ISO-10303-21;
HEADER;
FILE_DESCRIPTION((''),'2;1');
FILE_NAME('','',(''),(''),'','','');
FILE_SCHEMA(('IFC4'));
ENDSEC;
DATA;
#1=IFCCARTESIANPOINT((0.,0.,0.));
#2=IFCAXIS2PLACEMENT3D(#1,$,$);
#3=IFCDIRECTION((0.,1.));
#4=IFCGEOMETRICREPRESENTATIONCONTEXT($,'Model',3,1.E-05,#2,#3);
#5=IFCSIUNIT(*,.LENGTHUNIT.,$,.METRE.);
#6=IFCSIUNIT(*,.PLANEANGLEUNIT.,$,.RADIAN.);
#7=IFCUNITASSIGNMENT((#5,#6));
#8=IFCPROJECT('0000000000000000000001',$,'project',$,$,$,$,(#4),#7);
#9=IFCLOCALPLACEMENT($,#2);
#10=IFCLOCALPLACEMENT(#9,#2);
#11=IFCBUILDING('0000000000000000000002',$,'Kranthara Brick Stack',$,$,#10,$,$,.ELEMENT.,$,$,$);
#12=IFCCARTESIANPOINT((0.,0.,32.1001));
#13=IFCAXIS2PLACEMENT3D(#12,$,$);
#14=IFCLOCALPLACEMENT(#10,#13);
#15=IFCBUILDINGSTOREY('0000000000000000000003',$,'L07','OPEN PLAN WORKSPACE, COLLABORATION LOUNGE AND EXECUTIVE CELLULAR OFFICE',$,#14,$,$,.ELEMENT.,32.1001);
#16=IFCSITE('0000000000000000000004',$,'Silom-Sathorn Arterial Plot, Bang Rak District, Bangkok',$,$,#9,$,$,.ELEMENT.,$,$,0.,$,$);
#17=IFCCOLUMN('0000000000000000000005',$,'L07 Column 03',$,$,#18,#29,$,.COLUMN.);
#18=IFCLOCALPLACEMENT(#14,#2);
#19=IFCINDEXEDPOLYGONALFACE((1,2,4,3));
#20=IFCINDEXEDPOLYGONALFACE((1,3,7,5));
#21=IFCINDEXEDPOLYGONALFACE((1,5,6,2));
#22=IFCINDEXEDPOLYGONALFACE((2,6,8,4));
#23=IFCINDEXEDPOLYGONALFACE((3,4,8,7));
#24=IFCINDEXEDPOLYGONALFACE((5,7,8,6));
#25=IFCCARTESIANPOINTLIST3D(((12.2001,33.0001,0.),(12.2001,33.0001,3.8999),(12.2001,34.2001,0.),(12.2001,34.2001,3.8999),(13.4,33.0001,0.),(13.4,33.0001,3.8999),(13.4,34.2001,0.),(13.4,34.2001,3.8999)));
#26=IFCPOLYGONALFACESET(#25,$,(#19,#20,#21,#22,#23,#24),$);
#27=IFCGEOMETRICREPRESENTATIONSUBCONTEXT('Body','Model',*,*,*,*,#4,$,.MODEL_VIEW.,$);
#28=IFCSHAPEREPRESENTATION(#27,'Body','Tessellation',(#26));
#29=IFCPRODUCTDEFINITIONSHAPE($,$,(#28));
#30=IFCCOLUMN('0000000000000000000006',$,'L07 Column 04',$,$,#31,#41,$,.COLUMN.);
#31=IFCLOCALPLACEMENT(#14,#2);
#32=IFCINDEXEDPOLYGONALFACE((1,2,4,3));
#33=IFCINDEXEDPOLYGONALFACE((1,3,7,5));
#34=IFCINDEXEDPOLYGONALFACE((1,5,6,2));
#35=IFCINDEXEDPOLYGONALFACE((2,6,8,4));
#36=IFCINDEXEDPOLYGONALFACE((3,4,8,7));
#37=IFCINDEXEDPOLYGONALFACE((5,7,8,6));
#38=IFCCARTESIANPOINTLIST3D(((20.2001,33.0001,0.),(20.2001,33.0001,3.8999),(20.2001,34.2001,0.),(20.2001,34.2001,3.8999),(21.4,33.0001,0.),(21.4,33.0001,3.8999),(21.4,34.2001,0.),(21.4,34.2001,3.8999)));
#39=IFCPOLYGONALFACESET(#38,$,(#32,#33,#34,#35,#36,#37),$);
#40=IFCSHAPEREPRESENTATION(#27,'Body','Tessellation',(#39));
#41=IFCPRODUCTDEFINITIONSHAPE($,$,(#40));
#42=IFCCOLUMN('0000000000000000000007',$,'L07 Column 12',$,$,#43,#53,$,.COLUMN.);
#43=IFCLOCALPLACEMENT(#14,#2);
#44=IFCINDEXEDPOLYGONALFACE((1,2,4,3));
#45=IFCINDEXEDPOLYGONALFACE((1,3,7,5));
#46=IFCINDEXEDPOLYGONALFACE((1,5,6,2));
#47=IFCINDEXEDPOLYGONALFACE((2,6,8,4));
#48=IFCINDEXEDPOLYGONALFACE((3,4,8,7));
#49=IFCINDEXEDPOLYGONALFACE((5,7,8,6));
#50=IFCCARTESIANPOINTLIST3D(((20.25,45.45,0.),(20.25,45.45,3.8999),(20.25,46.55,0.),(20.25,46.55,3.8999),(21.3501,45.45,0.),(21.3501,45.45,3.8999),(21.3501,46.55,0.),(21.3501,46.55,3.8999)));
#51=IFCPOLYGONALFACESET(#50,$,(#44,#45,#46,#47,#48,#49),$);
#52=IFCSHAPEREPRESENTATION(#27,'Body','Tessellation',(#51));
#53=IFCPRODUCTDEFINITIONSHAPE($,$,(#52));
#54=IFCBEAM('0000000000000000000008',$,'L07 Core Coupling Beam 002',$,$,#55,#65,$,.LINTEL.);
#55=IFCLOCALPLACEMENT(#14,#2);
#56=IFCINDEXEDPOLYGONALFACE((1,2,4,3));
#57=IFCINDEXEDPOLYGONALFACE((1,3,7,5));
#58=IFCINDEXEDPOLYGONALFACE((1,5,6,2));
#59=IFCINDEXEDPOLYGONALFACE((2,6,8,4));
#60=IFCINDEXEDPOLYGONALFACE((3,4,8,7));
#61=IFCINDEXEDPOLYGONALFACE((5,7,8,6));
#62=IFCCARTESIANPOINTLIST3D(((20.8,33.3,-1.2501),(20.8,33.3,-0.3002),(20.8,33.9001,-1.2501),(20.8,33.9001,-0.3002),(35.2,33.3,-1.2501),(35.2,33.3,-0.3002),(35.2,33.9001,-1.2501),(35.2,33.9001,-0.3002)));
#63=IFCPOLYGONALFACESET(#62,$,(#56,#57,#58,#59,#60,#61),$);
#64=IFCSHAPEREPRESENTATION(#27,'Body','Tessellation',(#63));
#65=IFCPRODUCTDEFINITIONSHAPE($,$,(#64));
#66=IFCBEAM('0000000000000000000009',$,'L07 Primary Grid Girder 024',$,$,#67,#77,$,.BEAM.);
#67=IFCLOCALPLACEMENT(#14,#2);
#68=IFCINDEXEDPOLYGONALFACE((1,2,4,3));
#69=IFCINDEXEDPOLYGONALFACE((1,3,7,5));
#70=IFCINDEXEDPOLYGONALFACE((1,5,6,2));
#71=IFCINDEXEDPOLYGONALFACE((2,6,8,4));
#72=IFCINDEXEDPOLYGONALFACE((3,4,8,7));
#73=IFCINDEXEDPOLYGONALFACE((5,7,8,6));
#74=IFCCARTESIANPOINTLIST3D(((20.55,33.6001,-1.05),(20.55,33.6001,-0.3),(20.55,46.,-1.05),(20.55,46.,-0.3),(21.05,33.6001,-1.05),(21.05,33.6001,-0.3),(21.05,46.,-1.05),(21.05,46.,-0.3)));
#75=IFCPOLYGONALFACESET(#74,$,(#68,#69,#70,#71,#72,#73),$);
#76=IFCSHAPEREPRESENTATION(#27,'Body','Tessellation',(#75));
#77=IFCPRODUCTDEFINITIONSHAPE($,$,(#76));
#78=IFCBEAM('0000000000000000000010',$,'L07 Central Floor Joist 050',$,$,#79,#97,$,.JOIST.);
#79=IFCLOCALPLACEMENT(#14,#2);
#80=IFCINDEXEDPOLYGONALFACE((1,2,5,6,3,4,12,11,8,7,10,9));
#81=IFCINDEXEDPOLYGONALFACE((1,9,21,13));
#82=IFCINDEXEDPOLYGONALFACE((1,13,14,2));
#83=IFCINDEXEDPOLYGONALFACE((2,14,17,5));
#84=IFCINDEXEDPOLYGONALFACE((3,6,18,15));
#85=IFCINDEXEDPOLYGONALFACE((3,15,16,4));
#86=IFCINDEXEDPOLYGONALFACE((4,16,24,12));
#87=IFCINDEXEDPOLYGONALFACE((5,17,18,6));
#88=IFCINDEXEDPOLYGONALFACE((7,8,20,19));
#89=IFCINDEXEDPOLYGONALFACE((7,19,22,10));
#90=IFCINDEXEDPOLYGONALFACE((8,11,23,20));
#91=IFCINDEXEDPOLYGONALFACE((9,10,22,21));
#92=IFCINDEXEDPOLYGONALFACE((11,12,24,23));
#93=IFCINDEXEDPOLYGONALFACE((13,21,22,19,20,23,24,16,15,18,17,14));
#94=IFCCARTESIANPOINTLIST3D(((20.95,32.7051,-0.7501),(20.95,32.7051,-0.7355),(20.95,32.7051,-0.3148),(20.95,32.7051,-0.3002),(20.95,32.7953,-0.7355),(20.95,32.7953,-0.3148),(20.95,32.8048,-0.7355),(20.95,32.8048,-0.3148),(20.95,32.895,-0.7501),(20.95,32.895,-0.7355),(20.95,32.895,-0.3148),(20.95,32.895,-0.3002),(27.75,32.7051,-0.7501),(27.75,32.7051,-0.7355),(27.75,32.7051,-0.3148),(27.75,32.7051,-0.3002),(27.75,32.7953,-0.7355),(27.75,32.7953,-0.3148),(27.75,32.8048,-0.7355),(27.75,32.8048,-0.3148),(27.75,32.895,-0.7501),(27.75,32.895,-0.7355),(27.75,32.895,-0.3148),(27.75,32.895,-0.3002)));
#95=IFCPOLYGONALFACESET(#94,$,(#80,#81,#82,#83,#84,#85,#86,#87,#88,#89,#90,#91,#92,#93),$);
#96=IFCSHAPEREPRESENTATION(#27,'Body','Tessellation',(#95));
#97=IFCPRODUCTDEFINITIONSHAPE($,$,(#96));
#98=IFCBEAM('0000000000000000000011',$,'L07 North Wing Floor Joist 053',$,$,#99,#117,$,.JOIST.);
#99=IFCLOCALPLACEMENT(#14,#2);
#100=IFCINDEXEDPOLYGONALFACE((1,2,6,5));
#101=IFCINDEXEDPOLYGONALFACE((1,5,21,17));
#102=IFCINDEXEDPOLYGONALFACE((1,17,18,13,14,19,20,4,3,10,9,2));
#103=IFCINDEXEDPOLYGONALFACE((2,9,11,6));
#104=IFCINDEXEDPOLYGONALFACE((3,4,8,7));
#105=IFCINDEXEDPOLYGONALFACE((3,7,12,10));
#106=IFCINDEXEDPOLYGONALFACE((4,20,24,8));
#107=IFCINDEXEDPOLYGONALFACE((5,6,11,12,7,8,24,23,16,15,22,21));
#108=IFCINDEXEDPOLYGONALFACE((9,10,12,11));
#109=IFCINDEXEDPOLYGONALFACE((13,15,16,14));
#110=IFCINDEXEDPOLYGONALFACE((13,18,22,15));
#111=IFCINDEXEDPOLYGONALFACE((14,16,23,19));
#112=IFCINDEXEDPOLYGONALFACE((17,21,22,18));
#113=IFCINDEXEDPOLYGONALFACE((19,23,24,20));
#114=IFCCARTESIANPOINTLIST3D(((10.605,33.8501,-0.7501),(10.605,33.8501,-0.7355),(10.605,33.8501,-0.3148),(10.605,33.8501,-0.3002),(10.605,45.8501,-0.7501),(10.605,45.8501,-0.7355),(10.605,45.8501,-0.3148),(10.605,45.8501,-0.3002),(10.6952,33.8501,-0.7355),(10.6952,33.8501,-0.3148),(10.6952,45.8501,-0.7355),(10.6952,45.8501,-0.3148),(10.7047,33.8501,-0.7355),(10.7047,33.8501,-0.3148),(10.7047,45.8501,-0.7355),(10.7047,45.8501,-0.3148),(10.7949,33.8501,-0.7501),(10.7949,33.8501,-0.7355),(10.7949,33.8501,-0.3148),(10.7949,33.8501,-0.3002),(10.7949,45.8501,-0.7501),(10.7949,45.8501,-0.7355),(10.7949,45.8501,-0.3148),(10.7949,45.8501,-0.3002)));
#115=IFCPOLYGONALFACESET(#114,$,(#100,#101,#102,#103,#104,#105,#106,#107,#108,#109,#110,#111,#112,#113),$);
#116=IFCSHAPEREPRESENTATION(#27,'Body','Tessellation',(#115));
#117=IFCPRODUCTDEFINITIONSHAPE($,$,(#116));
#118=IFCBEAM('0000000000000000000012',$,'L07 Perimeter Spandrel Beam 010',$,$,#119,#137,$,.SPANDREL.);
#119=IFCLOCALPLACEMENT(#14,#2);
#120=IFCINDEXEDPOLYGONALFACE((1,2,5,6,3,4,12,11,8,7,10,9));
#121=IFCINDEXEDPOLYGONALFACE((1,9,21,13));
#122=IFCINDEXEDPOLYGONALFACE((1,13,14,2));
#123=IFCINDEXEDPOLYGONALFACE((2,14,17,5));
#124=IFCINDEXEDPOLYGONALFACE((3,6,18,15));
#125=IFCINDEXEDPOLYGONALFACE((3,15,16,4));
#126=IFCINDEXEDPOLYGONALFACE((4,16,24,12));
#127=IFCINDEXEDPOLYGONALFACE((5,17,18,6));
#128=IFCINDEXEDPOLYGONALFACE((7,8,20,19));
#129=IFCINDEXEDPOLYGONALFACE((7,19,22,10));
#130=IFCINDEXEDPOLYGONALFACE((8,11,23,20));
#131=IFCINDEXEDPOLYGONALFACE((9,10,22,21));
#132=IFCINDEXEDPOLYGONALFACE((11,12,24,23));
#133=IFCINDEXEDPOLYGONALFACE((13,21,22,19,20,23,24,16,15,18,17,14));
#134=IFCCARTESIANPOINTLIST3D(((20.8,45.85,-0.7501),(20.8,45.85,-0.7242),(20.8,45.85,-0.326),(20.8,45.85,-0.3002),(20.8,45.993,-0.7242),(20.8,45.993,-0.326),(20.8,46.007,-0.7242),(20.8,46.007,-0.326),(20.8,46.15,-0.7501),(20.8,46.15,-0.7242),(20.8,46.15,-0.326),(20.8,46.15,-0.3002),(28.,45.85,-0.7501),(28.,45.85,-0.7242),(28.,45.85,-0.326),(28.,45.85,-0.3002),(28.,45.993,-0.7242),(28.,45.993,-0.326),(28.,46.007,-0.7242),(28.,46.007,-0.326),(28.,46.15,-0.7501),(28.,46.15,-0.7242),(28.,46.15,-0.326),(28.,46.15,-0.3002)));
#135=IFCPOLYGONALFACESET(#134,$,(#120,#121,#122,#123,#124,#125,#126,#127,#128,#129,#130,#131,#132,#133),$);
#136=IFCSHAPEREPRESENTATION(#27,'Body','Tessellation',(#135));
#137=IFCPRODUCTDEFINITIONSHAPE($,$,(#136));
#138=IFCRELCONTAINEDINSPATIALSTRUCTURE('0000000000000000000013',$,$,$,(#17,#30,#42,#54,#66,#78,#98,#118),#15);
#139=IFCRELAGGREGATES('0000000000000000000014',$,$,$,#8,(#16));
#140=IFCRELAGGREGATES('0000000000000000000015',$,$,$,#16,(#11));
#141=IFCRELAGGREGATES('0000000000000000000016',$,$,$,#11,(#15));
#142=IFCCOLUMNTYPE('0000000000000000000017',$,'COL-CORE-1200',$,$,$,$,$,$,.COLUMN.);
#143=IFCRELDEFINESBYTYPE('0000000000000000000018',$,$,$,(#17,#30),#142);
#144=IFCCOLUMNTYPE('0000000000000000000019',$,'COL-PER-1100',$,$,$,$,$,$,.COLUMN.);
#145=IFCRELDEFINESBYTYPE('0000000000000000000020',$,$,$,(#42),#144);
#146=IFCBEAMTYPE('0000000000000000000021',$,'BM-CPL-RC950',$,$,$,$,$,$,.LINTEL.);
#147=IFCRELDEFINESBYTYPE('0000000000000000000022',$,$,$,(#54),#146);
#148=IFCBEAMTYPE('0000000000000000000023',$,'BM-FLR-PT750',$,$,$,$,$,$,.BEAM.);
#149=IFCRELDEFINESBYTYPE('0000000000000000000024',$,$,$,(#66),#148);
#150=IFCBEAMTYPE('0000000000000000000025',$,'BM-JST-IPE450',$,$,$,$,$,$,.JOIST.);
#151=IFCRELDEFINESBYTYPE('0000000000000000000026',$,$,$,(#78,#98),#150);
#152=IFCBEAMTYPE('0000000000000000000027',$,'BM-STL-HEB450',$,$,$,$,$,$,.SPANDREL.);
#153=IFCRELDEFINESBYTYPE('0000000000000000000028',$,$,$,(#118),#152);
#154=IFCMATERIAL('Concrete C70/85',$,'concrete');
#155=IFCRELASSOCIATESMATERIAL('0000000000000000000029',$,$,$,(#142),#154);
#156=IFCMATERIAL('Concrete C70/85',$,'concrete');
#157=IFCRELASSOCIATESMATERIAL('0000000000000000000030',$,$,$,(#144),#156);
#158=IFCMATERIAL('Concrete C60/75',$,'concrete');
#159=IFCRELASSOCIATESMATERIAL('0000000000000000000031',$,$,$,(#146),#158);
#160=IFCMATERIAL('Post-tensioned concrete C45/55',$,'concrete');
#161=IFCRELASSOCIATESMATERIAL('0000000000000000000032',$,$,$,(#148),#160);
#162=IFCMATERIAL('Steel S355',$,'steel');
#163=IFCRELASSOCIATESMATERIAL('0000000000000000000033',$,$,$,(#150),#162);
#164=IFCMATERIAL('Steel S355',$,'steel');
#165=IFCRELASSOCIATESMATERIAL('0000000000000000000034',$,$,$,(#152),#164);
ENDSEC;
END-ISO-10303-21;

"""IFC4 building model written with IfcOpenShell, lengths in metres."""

from ifc_helpers import new_model, si_unit, direction, frame, origin, origin_2d, place, context, subcontext, project, spatial, rectangle, i_section, extrude, material, material_profile, profile_set, type_object, element, save


model = new_model("IFC4")

# Units and contexts
model_context = context("Model", 3, precision=1e-05, world=origin(), true_north=direction((0.0, 1.0)))
body_context = subcontext(model_context, "Body", "Model", "MODEL_VIEW")
ifc_project = project(units=[si_unit("LENGTHUNIT", "METRE"), si_unit("PLANEANGLEUNIT", "RADIAN")], contexts=[model_context])

# Site, building, storey
site_placement = place(None, origin())
site = spatial("IfcSite", under=ifc_project, at=site_placement, Name="Silom-Sathorn Arterial Plot, Bang Rak District, Bangkok", CompositionType="ELEMENT", RefElevation=0.0)
building_placement = place(site_placement, origin())
building = spatial("IfcBuilding", under=site, at=building_placement, Name="Kranthara Brick Stack", CompositionType="ELEMENT")
storey_placement = place(building_placement, frame((0.0, 0.0, 32.1001)))
storey = spatial("IfcBuildingStorey", under=building, at=storey_placement, Name="L07", Description="OPEN PLAN WORKSPACE, COLLABORATION LOUNGE AND EXECUTIVE CELLULAR OFFICE", CompositionType="ELEMENT", Elevation=32.1001)

# Columns
ifc_material_1 = material(Name="Concrete C70/85", Category="concrete")
ifc_material_profile_1 = material_profile(ifc_material_1, rectangle(XDim=1.2, YDim=1.2, at=origin_2d()), Name="RC 1200x1200")
ifc_profile_set_1 = profile_set([ifc_material_profile_1], Name="Concrete C70/85")
column_type_1 = type_object("IfcColumnType", Name="COL-CORE-1200", PredefinedType="COLUMN", material=ifc_profile_set_1)
for number, where, z_axis, x_axis, name in (
    (1, (12.8, 33.6001, 0.0), (0.0, 0.0, 1.0), (1.0, 0.0, 0.0), "L07 Column 03"),
    (2, (20.8, 33.6001, 0.0), (0.0, 0.0, 1.0), (1.0, 0.0, 0.0), "L07 Column 04"),
):
    element("IfcColumn", number, at=place(storey_placement, frame(where, z_axis=z_axis, x_axis=x_axis)), inside=storey, type_object=column_type_1, Name=name, PredefinedType="COLUMN", context=body_context, shape_type="SweptSolid", body=[
        extrude(rectangle(XDim=1.2, YDim=1.2, at=origin_2d()), origin(), (0.0, 0.0, 1.0), 3.8999),
    ])
ifc_material_2 = material(Name="Concrete C70/85", Category="concrete")
ifc_material_profile_2 = material_profile(ifc_material_2, rectangle(XDim=1.1001, YDim=1.1001, at=origin_2d()), Name="RC 1100x1100")
ifc_profile_set_2 = profile_set([ifc_material_profile_2], Name="Concrete C70/85")
column_type_2 = type_object("IfcColumnType", Name="COL-PER-1100", PredefinedType="COLUMN", material=ifc_profile_set_2)
column_placement = place(storey_placement, frame((20.8, 46.0, 0.0), z_axis=(0.0, 0.0, 1.0), x_axis=(1.0, 0.0, 0.0)))
element("IfcColumn", 3, at=column_placement, inside=storey, type_object=column_type_2, Name="L07 Column 12", PredefinedType="COLUMN", context=body_context, shape_type="SweptSolid", body=[
    extrude(rectangle(XDim=1.1001, YDim=1.1001, at=origin_2d()), origin(), (0.0, 0.0, 1.0), 3.8999),
])

# Beams
ifc_material_3 = material(Name="Concrete C60/75", Category="concrete")
ifc_material_profile_3 = material_profile(ifc_material_3, rectangle(XDim=0.6001, YDim=0.95, at=origin_2d()), Name="RC 600x950")
ifc_profile_set_3 = profile_set([ifc_material_profile_3], Name="Concrete C60/75")
beam_type_1 = type_object("IfcBeamType", Name="BM-CPL-RC950", PredefinedType="LINTEL", material=ifc_profile_set_3)
beam_1_placement = place(storey_placement, frame((20.8, 33.6001, -0.7751), z_axis=(1.0, 0.0, 0.0), x_axis=(0.0, 1.0, 0.0)))
element("IfcBeam", 4, at=beam_1_placement, inside=storey, type_object=beam_type_1, Name="L07 Core Coupling Beam 002", PredefinedType="LINTEL", context=body_context, shape_type="SweptSolid", body=[
    extrude(rectangle(XDim=0.6001, YDim=0.95, at=origin_2d()), origin(), (0.0, 0.0, 1.0), 14.3999),
])
ifc_material_4 = material(Name="Post-tensioned concrete C45/55", Category="concrete")
ifc_material_profile_4 = material_profile(ifc_material_4, rectangle(XDim=0.5, YDim=0.75, at=origin_2d()), Name="PT 500x750")
ifc_profile_set_4 = profile_set([ifc_material_profile_4], Name="Post-tensioned concrete C45/55")
beam_type_2 = type_object("IfcBeamType", Name="BM-FLR-PT750", PredefinedType="BEAM", material=ifc_profile_set_4)
beam_2_placement = place(storey_placement, frame((20.8, 33.6001, -0.675), z_axis=(0.0, 1.0, 0.0), x_axis=(-1.0, 0.0, 0.0)))
element("IfcBeam", 5, at=beam_2_placement, inside=storey, type_object=beam_type_2, Name="L07 Primary Grid Girder 024", PredefinedType="BEAM", context=body_context, shape_type="SweptSolid", body=[
    extrude(rectangle(XDim=0.5, YDim=0.75, at=origin_2d()), origin(), (0.0, 0.0, 1.0), 12.3999),
])
ifc_material_5 = material(Name="Steel S355", Category="steel")
ifc_material_profile_5 = material_profile(ifc_material_5, i_section(OverallWidth=0.1899, OverallDepth=0.45, WebThickness=0.0095, FlangeThickness=0.0146, at=origin_2d()), Name="IPE 450")
ifc_profile_set_5 = profile_set([ifc_material_profile_5], Name="Steel S355")
beam_type_3 = type_object("IfcBeamType", Name="BM-JST-IPE450", PredefinedType="JOIST", material=ifc_profile_set_5)
beam_3_placement = place(storey_placement, frame((20.95, 32.8, -0.5251), z_axis=(1.0, 0.0, 0.0), x_axis=(0.0, 1.0, 0.0)))
element("IfcBeam", 6, at=beam_3_placement, inside=storey, type_object=beam_type_3, Name="L07 Central Floor Joist 050", PredefinedType="JOIST", context=body_context, shape_type="SweptSolid", body=[
    extrude(i_section(OverallWidth=0.1899, OverallDepth=0.45, WebThickness=0.0095, FlangeThickness=0.0146, at=origin_2d()), origin(), (0.0, 0.0, 1.0), 6.8),
])
beam_4_placement = place(storey_placement, frame((10.7, 33.8501, -0.5251), z_axis=(0.0, 1.0, 0.0), x_axis=(-1.0, 0.0, 0.0)))
element("IfcBeam", 7, at=beam_4_placement, inside=storey, type_object=beam_type_3, Name="L07 North Wing Floor Joist 053", PredefinedType="JOIST", context=body_context, shape_type="SweptSolid", body=[
    extrude(i_section(OverallWidth=0.1899, OverallDepth=0.45, WebThickness=0.0095, FlangeThickness=0.0146, at=origin_2d()), origin(), (0.0, 0.0, 1.0), 12.0),
])
ifc_material_6 = material(Name="Steel S355", Category="steel")
ifc_material_profile_6 = material_profile(ifc_material_6, i_section(OverallWidth=0.3, OverallDepth=0.45, WebThickness=0.0139, FlangeThickness=0.0259, at=origin_2d()), Name="HEB 450")
ifc_profile_set_6 = profile_set([ifc_material_profile_6], Name="Steel S355")
beam_type_4 = type_object("IfcBeamType", Name="BM-STL-HEB450", PredefinedType="SPANDREL", material=ifc_profile_set_6)
beam_5_placement = place(storey_placement, frame((20.8, 46.0, -0.5251), z_axis=(1.0, 0.0, 0.0), x_axis=(0.0, 1.0, 0.0)))
element("IfcBeam", 8, at=beam_5_placement, inside=storey, type_object=beam_type_4, Name="L07 Perimeter Spandrel Beam 010", PredefinedType="SPANDREL", context=body_context, shape_type="SweptSolid", body=[
    extrude(i_section(OverallWidth=0.3, OverallDepth=0.45, WebThickness=0.0139, FlangeThickness=0.0259, at=origin_2d()), origin(), (0.0, 0.0, 1.0), 7.2),
])

save(model, "model.ifc")
